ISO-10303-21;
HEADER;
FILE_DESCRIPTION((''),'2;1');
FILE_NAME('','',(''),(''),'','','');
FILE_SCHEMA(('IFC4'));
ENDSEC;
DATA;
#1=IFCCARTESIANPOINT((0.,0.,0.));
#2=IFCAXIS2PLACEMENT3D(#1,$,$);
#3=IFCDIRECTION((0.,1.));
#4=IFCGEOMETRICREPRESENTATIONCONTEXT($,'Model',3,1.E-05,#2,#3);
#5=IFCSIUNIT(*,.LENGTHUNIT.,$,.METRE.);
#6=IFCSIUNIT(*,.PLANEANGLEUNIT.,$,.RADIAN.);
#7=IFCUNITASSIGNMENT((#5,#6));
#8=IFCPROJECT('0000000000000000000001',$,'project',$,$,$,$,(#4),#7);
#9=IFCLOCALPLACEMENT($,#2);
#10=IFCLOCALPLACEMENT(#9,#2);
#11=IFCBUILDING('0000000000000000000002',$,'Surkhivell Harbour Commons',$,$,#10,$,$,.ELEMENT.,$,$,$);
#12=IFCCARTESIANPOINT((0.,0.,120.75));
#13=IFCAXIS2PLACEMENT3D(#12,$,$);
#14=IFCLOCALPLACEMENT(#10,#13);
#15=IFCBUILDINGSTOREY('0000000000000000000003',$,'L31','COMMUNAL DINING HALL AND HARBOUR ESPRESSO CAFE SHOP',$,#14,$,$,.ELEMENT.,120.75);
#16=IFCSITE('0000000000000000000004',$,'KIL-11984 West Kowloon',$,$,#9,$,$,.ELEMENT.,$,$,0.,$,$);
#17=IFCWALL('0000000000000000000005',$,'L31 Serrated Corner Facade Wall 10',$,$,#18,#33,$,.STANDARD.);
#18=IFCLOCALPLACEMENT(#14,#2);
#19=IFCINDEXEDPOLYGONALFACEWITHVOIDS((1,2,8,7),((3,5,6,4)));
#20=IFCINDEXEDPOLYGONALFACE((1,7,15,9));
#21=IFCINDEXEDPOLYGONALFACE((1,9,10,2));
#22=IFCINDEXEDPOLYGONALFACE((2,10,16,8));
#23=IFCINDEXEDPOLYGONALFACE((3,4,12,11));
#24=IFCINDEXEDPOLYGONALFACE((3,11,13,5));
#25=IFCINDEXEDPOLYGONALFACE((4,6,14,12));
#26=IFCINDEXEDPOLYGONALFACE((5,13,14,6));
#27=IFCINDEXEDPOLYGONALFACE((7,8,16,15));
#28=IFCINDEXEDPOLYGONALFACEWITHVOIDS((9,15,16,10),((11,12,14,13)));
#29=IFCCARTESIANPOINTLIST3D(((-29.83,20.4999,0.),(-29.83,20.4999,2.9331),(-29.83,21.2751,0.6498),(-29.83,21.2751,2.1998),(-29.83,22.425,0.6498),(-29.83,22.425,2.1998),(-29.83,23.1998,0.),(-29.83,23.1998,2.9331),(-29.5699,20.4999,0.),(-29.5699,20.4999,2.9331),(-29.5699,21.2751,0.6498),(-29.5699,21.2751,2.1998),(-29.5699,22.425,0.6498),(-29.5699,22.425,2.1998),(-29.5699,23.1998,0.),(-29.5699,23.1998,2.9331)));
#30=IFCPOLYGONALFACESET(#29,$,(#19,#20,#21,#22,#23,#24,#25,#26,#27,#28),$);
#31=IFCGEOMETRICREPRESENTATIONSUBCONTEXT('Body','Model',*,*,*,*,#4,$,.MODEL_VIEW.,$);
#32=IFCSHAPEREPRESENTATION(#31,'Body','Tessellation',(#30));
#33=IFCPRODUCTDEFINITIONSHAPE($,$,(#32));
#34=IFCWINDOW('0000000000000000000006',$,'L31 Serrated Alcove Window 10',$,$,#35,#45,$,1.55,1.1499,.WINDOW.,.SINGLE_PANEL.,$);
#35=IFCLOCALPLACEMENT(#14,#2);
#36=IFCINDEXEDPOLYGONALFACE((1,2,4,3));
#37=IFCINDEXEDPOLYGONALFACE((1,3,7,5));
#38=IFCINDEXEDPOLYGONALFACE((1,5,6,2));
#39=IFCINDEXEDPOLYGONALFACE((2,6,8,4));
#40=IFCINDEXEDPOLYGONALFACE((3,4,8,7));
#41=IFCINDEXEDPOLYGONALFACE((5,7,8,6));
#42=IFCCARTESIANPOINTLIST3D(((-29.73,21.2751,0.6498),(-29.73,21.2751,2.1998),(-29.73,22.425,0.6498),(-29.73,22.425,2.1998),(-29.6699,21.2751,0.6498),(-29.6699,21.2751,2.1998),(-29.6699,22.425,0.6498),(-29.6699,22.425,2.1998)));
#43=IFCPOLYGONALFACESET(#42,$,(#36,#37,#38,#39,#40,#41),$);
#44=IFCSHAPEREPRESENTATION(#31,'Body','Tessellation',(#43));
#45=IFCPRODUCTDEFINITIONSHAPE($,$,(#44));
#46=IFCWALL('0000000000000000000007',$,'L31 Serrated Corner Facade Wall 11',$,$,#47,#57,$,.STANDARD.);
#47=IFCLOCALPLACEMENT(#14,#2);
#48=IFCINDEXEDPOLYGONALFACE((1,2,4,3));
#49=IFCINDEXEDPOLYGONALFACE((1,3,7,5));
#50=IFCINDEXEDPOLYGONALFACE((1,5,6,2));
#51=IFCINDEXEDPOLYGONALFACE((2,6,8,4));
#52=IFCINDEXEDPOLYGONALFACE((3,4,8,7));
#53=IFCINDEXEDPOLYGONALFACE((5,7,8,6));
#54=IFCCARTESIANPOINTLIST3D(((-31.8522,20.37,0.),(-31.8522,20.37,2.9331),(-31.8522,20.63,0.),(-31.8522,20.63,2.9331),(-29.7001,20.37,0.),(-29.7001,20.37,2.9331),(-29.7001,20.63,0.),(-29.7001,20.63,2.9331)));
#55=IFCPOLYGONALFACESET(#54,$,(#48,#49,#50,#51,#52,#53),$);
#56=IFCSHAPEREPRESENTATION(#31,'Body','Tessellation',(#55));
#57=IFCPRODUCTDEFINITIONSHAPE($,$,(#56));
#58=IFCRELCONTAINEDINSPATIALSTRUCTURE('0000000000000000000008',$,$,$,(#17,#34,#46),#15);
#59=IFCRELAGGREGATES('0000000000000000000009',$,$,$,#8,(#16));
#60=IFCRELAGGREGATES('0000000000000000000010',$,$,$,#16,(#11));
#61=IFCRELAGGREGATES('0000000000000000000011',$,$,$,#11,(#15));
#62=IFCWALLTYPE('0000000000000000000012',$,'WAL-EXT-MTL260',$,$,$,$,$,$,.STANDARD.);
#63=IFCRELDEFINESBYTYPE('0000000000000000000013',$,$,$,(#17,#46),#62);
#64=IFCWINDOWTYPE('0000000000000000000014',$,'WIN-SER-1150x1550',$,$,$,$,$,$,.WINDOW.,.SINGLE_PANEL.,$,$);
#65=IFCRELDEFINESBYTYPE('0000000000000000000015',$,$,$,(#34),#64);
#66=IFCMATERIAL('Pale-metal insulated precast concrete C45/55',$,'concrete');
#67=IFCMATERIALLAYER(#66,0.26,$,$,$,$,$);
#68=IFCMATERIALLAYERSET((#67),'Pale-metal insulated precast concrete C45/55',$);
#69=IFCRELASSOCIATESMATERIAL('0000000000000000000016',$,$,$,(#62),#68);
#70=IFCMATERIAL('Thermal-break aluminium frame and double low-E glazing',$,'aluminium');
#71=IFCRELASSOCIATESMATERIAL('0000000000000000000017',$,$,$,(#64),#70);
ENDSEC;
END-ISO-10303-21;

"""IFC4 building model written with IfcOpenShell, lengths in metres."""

from ifc_helpers import new_model, si_unit, direction, frame, frame_2d, origin, place, context, subcontext, project, spatial, rectangle, extrude, material, layer, layer_set, type_object, element, fill, save


model = new_model("IFC4")

# Units and contexts
model_context = context("Model", 3, precision=1e-05, world=origin(), true_north=direction((0.0, 1.0)))
body_context = subcontext(model_context, "Body", "Model", "MODEL_VIEW")
ifc_project = project(units=[si_unit("LENGTHUNIT", "METRE"), si_unit("PLANEANGLEUNIT", "RADIAN")], contexts=[model_context])

# Site, building, storey
site_placement = place(None, origin())
site = spatial("IfcSite", under=ifc_project, at=site_placement, Name="KIL-11984 West Kowloon", CompositionType="ELEMENT", RefElevation=0.0)
building_placement = place(site_placement, origin())
building = spatial("IfcBuilding", under=site, at=building_placement, Name="Surkhivell Harbour Commons", CompositionType="ELEMENT")
storey_placement = place(building_placement, frame((0.0, 0.0, 120.75)))
storey = spatial("IfcBuildingStorey", under=building, at=storey_placement, Name="L31", Description="COMMUNAL DINING HALL AND HARBOUR ESPRESSO CAFE SHOP", CompositionType="ELEMENT", Elevation=120.75)

# Shared definitions
ifc_material_1 = material(Name="Pale-metal insulated precast concrete C45/55", Category="concrete")
ifc_layer_1 = layer(ifc_material_1, 0.26)
ifc_layer_set_1 = layer_set([ifc_layer_1], Name="Pale-metal insulated precast concrete C45/55")
wall_type = type_object("IfcWallType", Name="WAL-EXT-MTL260", PredefinedType="STANDARD", material=ifc_layer_set_1)

# Wall, opening, window
wall_1_placement = place(storey_placement, frame((-29.7, 23.2, 0.0), z_axis=(0.0, 0.0, 1.0), x_axis=(0.0, -1.0, 0.0)))
wall_1 = element("IfcWall", 1, at=wall_1_placement, inside=storey, type_object=wall_type, Name="L31 Serrated Corner Facade Wall 10", PredefinedType="STANDARD", context=body_context, shape_type="SweptSolid", body=[
    extrude(rectangle(XDim=2.7, YDim=0.26, at=frame_2d((1.3501, 0.0))), origin(), (0.0, 0.0, 1.0), 2.9331),
])
opening_placement = place(wall_1_placement, frame((0.7749, 0.0, 0.6499)))
opening = element("IfcOpeningElement", 2, at=opening_placement, cuts=wall_1, PredefinedType="OPENING", context=body_context, shape_type="SweptSolid", body=[
    extrude(rectangle(XDim=1.1499, YDim=1.55, at=frame_2d((0.575, 0.7749))), frame((0.0, 0.1399, 0.0), z_axis=(0.0, -1.0, 0.0), x_axis=(1.0, 0.0, 0.0)), (0.0, 0.0, 1.0), 0.28),
])
ifc_material_2 = material(Name="Thermal-break aluminium frame and double low-E glazing", Category="aluminium")
window_type = type_object("IfcWindowType", Name="WIN-SER-1150x1550", PartitioningType="SINGLE_PANEL", PredefinedType="WINDOW", material=ifc_material_2)
window_placement = place(opening_placement, origin())
window = element("IfcWindow", 3, at=window_placement, inside=storey, type_object=window_type, Name="L31 Serrated Alcove Window 10", OverallHeight=1.55, OverallWidth=1.1499, PartitioningType="SINGLE_PANEL", PredefinedType="WINDOW", context=body_context, shape_type="SweptSolid", body=[
    extrude(rectangle(XDim=1.1499, YDim=1.55, at=frame_2d((0.575, 0.7749))), frame((0.0, 0.03, 0.0), z_axis=(0.0, -1.0, 0.0), x_axis=(1.0, 0.0, 0.0)), (0.0, 0.0, 1.0), 0.0601),
])
fill(opening, window)

# Wall
wall_2_placement = place(storey_placement, frame((-29.7, 20.5, 0.0), z_axis=(0.0, 0.0, 1.0), x_axis=(-1.0, 0.0, 0.0)))
element("IfcWall", 4, at=wall_2_placement, inside=storey, type_object=wall_type, Name="L31 Serrated Corner Facade Wall 11", PredefinedType="STANDARD", context=body_context, shape_type="SweptSolid", body=[
    extrude(rectangle(XDim=2.1521, YDim=0.26, at=frame_2d((1.0762, 0.0))), origin(), (0.0, 0.0, 1.0), 2.9331),
])

save(model, "model.ifc")
